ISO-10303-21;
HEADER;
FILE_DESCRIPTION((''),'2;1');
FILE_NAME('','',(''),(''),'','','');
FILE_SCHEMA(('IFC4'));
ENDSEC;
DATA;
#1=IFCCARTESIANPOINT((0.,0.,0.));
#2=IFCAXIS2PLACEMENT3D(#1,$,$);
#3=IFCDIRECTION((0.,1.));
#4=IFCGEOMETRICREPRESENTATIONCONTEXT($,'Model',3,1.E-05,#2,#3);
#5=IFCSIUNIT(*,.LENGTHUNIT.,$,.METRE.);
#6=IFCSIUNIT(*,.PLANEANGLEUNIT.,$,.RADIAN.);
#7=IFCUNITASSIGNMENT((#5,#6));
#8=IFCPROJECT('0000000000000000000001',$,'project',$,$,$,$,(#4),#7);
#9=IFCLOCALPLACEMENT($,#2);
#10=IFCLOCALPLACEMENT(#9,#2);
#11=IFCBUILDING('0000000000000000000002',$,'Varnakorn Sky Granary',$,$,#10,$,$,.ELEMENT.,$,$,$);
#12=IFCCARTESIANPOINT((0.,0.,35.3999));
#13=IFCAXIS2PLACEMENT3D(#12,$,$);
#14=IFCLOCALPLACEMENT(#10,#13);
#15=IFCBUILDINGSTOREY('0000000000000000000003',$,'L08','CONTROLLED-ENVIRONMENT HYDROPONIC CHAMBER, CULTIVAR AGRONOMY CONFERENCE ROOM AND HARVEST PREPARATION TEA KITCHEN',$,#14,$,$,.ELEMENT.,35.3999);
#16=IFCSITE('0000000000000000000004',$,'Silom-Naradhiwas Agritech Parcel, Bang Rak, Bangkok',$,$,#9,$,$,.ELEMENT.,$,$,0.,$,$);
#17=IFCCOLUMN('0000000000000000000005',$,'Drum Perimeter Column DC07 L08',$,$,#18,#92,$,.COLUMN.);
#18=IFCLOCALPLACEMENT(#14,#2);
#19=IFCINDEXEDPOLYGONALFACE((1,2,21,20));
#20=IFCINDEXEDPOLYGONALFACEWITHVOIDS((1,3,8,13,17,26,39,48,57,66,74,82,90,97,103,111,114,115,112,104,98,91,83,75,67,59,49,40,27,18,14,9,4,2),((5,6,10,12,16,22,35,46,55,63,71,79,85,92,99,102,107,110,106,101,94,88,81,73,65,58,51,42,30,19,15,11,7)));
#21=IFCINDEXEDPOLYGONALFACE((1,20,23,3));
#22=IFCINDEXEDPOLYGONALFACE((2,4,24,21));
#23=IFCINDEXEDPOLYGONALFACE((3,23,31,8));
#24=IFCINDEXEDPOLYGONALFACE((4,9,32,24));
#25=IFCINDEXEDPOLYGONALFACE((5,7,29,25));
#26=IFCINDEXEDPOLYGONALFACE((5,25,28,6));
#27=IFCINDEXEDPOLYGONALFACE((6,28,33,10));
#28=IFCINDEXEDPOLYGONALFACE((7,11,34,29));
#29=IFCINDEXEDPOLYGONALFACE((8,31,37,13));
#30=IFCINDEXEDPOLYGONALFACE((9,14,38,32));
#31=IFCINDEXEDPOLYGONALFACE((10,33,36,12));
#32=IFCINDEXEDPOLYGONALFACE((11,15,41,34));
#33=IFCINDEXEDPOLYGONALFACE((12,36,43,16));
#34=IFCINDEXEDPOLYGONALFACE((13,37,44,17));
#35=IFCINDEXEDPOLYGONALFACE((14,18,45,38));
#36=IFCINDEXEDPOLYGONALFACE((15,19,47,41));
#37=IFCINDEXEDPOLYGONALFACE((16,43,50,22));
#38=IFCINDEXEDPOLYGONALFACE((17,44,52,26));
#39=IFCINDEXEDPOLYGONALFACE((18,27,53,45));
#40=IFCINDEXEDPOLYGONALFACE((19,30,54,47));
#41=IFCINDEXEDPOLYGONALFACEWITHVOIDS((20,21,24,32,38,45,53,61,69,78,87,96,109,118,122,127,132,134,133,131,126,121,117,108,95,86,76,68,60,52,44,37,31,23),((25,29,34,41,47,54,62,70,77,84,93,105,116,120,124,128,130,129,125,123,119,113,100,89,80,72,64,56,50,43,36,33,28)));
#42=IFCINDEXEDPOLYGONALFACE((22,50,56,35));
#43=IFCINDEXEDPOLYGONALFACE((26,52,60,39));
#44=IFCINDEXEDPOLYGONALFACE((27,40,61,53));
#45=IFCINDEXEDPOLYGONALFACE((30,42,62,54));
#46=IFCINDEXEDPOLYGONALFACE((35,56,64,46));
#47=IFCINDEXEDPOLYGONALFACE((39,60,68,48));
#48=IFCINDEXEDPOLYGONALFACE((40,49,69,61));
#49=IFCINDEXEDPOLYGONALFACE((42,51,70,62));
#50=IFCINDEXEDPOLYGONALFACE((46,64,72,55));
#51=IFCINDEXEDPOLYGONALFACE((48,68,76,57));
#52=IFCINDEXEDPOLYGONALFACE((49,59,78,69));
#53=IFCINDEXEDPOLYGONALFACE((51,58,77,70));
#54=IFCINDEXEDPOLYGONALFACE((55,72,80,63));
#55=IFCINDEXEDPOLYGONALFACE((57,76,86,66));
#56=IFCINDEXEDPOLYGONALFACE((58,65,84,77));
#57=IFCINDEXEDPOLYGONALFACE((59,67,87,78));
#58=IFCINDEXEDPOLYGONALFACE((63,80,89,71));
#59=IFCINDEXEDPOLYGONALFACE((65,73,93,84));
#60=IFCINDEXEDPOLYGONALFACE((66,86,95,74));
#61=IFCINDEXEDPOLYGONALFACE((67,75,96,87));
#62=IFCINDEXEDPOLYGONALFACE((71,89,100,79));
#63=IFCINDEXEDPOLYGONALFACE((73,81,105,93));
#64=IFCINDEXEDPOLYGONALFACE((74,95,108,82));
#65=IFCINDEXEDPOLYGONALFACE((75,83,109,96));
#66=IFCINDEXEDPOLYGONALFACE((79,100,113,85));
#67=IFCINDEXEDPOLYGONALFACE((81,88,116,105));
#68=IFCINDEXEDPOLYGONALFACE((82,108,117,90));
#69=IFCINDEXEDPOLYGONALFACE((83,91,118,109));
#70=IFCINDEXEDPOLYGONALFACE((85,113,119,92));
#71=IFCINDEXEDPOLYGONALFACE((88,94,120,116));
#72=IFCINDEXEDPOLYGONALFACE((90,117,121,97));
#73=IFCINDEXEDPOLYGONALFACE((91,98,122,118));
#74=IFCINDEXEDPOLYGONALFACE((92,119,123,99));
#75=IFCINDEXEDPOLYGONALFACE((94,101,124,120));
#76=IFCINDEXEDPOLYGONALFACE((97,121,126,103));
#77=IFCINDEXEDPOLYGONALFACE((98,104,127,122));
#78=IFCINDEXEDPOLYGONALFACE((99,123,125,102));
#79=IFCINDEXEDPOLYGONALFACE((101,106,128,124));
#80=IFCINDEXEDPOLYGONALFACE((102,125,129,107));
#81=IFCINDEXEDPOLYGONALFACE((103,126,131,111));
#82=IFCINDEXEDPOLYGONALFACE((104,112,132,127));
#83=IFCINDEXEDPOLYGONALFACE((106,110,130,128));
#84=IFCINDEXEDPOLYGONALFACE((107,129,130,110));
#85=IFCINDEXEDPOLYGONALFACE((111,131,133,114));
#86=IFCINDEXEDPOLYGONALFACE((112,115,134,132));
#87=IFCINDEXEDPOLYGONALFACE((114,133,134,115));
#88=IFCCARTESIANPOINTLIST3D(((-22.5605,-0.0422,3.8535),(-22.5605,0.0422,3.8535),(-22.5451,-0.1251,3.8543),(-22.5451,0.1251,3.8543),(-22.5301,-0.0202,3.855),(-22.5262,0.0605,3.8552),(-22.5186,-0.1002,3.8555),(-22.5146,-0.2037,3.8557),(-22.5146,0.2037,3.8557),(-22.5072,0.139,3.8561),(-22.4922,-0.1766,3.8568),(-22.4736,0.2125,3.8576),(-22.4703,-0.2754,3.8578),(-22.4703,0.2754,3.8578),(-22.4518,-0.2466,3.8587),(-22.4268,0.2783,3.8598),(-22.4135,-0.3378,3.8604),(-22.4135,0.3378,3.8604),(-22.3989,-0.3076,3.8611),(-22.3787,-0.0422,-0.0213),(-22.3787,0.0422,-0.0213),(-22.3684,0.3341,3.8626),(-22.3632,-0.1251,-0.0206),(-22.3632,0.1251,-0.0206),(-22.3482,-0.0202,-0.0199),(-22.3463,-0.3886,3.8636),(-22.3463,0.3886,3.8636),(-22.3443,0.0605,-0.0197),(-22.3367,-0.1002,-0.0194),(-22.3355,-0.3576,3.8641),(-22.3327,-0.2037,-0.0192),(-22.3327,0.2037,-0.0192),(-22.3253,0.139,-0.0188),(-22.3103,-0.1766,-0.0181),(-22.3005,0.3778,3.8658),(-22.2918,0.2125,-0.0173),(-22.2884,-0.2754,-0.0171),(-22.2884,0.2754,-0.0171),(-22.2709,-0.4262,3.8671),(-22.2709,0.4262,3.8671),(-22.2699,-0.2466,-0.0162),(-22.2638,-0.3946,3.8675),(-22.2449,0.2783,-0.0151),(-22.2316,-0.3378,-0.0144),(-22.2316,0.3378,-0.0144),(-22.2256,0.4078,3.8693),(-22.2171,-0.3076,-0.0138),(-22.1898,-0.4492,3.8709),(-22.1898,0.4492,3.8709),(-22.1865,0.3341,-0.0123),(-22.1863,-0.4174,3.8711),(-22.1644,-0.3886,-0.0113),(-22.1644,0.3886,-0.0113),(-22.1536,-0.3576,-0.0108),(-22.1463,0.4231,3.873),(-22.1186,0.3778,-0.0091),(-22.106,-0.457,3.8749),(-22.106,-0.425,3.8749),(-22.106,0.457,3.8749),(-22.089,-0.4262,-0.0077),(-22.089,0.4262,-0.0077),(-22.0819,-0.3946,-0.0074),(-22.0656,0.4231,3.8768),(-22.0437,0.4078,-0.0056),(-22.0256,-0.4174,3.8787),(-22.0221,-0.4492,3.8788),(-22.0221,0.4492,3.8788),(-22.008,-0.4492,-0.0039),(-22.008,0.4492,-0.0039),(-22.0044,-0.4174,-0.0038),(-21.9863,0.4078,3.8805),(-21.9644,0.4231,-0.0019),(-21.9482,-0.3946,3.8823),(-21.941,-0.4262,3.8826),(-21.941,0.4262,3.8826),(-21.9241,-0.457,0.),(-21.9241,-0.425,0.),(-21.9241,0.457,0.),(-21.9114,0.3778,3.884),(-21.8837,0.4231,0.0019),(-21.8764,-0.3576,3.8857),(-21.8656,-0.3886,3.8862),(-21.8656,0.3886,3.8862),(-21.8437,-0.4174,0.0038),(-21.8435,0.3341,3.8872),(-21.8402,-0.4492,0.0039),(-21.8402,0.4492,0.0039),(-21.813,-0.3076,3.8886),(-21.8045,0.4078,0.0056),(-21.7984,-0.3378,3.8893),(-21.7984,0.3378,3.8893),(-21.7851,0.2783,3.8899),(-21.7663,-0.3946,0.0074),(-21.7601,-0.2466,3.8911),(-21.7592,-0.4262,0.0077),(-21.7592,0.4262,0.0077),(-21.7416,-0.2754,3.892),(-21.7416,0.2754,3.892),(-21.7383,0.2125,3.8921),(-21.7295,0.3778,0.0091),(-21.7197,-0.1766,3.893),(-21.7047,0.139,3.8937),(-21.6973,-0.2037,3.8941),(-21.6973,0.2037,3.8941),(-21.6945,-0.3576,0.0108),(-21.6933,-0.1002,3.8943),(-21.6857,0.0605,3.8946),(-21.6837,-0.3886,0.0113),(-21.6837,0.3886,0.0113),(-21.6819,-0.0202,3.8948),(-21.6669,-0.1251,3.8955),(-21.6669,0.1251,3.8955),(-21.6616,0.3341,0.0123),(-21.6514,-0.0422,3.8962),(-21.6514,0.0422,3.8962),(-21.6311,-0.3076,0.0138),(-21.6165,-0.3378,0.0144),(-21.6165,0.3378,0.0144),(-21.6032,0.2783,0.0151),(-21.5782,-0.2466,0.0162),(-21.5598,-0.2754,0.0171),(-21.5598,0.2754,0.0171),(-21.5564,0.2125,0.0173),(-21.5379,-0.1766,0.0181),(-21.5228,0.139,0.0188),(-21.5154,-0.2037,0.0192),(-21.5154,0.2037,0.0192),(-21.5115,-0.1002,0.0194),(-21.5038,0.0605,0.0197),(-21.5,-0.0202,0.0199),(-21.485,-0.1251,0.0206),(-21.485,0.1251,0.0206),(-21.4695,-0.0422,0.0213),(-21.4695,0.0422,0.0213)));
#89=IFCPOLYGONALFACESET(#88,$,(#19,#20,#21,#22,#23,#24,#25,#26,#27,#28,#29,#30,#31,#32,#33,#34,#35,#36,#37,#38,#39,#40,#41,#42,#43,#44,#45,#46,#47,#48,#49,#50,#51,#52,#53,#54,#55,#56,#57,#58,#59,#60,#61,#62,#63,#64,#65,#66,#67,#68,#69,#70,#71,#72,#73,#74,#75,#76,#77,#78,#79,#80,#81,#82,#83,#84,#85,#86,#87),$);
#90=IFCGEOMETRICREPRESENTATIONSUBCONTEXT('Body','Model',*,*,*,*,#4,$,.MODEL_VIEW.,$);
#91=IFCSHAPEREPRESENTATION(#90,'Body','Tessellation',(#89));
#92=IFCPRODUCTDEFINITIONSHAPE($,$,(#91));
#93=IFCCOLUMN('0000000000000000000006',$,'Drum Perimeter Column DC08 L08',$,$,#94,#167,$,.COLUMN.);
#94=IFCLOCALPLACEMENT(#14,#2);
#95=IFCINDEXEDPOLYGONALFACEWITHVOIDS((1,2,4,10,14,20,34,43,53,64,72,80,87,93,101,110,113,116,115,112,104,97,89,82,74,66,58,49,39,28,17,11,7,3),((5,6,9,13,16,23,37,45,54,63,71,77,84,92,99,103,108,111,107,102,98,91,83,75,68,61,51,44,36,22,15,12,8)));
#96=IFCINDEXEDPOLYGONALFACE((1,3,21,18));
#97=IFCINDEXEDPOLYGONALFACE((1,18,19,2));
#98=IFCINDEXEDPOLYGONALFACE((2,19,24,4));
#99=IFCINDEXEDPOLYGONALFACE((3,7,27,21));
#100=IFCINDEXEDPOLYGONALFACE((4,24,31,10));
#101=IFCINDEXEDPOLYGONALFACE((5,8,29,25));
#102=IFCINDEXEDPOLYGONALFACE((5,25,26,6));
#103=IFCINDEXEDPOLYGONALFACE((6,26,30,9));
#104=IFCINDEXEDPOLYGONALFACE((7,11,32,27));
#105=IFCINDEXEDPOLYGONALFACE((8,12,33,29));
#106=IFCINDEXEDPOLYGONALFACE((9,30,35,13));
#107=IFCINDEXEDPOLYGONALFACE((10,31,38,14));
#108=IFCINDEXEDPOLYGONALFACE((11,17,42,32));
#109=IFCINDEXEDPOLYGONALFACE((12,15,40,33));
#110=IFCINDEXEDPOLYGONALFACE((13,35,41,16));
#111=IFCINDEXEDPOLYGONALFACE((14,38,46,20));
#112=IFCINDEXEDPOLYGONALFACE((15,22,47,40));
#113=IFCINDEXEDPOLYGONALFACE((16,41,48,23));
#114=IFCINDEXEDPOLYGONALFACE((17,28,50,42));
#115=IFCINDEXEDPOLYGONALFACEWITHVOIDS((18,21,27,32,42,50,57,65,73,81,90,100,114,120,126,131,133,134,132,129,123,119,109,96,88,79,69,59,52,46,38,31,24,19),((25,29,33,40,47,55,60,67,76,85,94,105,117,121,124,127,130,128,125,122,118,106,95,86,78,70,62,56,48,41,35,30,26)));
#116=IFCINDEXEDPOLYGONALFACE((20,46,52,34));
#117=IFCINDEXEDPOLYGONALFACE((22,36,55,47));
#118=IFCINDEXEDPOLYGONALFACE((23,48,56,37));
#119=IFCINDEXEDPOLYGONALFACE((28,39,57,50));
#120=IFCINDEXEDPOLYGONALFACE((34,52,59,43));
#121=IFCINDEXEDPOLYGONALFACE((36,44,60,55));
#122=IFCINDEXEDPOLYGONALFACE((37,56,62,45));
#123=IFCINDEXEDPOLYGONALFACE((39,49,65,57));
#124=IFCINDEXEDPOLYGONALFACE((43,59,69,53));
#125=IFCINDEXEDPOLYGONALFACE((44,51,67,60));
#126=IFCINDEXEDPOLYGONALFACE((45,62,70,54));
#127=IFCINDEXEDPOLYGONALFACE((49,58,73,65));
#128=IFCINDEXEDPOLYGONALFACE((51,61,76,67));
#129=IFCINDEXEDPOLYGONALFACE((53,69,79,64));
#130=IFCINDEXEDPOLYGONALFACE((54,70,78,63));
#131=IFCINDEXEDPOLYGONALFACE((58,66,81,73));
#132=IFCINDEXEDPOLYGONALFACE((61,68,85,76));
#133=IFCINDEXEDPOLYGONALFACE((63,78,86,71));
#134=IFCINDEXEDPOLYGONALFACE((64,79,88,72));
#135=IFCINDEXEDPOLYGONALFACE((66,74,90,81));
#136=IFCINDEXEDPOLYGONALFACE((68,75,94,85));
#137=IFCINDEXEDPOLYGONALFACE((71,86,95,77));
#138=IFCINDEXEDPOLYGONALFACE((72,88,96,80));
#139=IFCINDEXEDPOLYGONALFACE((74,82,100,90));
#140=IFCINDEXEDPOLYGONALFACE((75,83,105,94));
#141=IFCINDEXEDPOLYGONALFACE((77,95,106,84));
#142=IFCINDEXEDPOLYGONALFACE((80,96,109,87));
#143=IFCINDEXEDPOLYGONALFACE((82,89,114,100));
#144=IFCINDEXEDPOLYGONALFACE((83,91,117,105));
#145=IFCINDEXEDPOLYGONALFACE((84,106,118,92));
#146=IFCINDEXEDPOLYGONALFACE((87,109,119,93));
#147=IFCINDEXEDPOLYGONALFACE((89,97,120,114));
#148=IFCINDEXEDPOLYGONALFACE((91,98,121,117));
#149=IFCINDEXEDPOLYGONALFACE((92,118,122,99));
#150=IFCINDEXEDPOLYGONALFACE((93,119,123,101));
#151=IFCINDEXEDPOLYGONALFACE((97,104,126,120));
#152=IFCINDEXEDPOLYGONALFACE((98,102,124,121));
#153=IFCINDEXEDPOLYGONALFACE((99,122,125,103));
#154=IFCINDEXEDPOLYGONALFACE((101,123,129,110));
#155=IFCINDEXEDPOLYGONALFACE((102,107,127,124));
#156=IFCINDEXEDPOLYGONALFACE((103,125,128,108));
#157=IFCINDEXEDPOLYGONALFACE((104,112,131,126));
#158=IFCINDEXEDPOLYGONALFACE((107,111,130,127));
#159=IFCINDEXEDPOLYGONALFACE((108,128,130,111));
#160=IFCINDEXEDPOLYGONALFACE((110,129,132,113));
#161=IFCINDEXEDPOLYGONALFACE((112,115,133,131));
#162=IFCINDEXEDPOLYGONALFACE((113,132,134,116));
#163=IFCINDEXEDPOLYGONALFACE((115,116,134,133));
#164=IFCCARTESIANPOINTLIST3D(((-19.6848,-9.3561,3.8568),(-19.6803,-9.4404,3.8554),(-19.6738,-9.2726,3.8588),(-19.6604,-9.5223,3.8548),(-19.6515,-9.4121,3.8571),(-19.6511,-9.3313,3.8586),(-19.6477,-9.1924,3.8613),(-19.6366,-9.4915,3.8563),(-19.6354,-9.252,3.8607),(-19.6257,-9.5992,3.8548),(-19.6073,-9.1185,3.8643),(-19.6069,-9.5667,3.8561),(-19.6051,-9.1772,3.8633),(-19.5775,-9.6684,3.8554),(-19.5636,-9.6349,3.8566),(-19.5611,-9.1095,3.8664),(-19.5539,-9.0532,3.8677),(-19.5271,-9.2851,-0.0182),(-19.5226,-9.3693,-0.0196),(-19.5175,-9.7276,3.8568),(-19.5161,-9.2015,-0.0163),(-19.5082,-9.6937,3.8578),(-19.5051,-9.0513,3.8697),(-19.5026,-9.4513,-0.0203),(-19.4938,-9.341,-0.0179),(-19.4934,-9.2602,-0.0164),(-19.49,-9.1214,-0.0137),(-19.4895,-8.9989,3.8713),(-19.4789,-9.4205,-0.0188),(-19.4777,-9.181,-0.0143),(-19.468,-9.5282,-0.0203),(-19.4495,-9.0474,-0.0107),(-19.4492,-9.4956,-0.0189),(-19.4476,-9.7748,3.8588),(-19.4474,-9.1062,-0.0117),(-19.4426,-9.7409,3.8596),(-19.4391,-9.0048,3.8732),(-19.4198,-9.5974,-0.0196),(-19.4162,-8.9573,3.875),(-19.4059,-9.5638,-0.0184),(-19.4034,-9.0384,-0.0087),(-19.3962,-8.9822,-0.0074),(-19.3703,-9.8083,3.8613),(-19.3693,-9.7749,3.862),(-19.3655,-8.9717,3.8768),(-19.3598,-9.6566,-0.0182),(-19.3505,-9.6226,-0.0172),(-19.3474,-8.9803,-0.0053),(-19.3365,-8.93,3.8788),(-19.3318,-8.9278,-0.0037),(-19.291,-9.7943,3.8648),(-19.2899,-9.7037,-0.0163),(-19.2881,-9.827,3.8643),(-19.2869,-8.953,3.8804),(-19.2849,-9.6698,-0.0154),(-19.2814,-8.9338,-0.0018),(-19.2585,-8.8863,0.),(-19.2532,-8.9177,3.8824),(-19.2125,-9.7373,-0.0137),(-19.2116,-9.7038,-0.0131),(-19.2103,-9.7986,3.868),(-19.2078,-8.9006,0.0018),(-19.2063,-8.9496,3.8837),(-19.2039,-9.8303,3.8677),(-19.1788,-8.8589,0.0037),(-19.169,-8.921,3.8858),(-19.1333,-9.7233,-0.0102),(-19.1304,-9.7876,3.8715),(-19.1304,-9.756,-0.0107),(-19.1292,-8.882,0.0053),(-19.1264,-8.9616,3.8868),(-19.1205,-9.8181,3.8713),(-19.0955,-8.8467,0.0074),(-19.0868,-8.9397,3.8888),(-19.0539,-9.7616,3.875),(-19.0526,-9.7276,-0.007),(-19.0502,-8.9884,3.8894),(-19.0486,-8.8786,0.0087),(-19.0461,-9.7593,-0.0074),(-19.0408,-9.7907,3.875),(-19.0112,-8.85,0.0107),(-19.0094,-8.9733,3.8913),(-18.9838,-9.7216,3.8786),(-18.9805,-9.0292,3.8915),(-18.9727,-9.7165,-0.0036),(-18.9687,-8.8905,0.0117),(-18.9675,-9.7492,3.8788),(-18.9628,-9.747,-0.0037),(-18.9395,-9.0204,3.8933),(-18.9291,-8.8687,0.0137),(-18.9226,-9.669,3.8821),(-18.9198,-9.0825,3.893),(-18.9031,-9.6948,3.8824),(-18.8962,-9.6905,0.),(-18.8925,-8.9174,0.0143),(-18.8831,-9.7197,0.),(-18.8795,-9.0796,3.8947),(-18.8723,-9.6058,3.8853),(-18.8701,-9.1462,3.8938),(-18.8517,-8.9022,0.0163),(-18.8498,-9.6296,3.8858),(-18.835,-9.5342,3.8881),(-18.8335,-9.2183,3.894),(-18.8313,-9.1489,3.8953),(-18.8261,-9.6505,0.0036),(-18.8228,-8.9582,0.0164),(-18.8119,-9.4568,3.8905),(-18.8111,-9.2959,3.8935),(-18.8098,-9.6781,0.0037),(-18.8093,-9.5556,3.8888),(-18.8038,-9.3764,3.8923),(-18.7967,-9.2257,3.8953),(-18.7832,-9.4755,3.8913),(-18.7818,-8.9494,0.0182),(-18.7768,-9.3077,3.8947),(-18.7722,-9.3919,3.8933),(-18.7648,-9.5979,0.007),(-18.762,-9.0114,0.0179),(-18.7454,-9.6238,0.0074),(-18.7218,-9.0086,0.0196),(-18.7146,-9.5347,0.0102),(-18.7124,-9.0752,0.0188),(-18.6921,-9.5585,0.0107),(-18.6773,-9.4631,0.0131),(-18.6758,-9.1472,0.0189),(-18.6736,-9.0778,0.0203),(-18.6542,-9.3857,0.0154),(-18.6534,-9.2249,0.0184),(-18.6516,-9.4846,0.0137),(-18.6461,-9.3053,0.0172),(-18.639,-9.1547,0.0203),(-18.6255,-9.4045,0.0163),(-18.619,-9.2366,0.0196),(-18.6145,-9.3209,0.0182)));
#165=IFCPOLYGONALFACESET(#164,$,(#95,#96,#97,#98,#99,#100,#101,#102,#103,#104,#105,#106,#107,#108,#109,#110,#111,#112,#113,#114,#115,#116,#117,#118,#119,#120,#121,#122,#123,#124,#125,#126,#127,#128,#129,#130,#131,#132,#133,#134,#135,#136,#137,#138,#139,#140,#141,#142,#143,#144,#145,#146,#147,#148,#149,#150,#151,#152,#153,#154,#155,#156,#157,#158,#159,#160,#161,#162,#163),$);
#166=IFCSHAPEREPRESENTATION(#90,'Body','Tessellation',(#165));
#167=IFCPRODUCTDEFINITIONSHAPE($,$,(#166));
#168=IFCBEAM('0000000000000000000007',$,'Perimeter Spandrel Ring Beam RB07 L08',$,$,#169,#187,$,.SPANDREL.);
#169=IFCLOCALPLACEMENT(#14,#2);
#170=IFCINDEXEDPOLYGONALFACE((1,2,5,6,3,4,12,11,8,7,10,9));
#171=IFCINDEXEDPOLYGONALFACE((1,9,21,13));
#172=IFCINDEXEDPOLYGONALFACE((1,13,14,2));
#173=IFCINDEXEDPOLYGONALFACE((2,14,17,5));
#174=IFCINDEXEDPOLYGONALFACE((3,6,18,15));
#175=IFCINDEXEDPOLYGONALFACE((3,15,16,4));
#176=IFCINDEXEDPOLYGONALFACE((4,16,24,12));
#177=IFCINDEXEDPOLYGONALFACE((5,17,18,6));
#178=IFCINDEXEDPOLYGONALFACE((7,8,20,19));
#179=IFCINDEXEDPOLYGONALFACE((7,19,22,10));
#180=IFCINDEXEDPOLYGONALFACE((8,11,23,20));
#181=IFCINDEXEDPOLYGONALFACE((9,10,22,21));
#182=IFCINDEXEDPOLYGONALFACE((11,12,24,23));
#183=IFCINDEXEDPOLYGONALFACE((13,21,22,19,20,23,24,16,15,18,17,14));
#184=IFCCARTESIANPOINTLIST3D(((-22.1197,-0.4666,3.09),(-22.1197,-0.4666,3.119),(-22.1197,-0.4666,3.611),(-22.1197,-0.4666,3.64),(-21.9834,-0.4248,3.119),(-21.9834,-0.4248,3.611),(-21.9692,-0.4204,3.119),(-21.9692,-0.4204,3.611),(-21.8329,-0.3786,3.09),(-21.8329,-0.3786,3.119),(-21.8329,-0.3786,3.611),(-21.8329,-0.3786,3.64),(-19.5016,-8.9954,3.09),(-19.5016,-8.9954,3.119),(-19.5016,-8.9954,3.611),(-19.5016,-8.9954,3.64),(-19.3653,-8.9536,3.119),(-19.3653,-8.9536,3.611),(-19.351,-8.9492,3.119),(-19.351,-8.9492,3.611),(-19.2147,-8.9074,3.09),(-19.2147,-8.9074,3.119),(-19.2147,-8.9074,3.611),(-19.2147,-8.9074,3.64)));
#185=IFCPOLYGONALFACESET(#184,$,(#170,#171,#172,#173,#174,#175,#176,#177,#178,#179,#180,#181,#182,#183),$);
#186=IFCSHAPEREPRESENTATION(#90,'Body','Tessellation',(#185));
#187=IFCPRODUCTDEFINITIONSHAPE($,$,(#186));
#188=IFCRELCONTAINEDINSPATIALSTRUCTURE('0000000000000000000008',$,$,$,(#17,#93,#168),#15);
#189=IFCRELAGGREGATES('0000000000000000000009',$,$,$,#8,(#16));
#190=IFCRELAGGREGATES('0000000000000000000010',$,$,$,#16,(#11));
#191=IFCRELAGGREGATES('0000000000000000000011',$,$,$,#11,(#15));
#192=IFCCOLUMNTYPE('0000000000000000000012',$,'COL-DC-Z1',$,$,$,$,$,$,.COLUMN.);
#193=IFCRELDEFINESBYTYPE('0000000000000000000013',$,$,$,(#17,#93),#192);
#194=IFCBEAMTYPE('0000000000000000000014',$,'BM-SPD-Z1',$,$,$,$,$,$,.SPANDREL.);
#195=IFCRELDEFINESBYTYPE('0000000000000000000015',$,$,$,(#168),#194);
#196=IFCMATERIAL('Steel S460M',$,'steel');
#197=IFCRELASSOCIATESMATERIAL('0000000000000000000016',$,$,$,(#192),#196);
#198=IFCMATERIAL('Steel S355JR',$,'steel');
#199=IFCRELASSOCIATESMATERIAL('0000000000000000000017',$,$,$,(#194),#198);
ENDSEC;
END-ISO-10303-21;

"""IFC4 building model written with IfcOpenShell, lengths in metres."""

from ifc_helpers import new_model, si_unit, direction, frame, origin, origin_2d, place, context, subcontext, project, spatial, hollow_circle, i_section, extrude, material, material_profile, profile_set, type_object, element, save


model = new_model("IFC4")

# Units and contexts
model_context = context("Model", 3, precision=1e-05, world=origin(), true_north=direction((0.0, 1.0)))
body_context = subcontext(model_context, "Body", "Model", "MODEL_VIEW")
ifc_project = project(units=[si_unit("LENGTHUNIT", "METRE"), si_unit("PLANEANGLEUNIT", "RADIAN")], contexts=[model_context])

# Site, building, storey
site_placement = place(None, origin())
site = spatial("IfcSite", under=ifc_project, at=site_placement, Name="Silom-Naradhiwas Agritech Parcel, Bang Rak, Bangkok", CompositionType="ELEMENT", RefElevation=0.0)
building_placement = place(site_placement, origin())
building = spatial("IfcBuilding", under=site, at=building_placement, Name="Varnakorn Sky Granary", CompositionType="ELEMENT")
storey_placement = place(building_placement, frame((0.0, 0.0, 35.3999)))
storey = spatial("IfcBuildingStorey", under=building, at=storey_placement, Name="L08", Description="CONTROLLED-ENVIRONMENT HYDROPONIC CHAMBER, CULTIVAR AGRONOMY CONFERENCE ROOM AND HARVEST PREPARATION TEA KITCHEN", CompositionType="ELEMENT", Elevation=35.3999)

# Columns
ifc_material_1 = material(Name="Steel S460M", Category="steel")
ifc_material_profile_1 = material_profile(ifc_material_1, hollow_circle(Radius=0.457, WallThickness=0.032, at=origin_2d()), Name="CHS 914x32")
ifc_profile_set_1 = profile_set([ifc_material_profile_1], Name="Steel S460M")
column_type = type_object("IfcColumnType", Name="COL-DC-Z1", PredefinedType="COLUMN", material=ifc_profile_set_1)
column_1_placement = place(storey_placement, frame((-21.9241, 0.0, 0.0), z_axis=(-0.046886, 0.0, 0.9989), x_axis=(0.0, -1.0, 0.0)))
element("IfcColumn", 1, at=column_1_placement, inside=storey, type_object=column_type, Name="Drum Perimeter Column DC07 L08", PredefinedType="COLUMN", context=body_context, shape_type="SweptSolid", body=[
    extrude(hollow_circle(Radius=0.457, WallThickness=0.032, at=origin_2d()), origin(), (0.0, 0.0, 1.0), 3.8792),
])
column_2_placement = place(storey_placement, frame((-19.0708, -9.303, 0.0), z_axis=(-0.04066, -0.018316, 0.999005), x_axis=(0.410717, -0.911763, 0.0)))
element("IfcColumn", 2, at=column_2_placement, inside=storey, type_object=column_type, Name="Drum Perimeter Column DC08 L08", PredefinedType="COLUMN", context=body_context, shape_type="SweptSolid", body=[
    extrude(hollow_circle(Radius=0.457, WallThickness=0.032, at=origin_2d()), origin(), (0.0, 0.0, 1.0), 3.8789),
])

# Beam
ifc_material_2 = material(Name="Steel S355JR", Category="steel")
ifc_material_profile_2 = material_profile(ifc_material_2, i_section(OverallWidth=0.3, OverallDepth=0.55, WebThickness=0.0149, FlangeThickness=0.0291, at=origin_2d()), Name="HE 550 B")
ifc_profile_set_2 = profile_set([ifc_material_profile_2], Name="Steel S355JR")
beam_type = type_object("IfcBeamType", Name="BM-SPD-Z1", PredefinedType="SPANDREL", material=ifc_profile_set_2)
beam_1_placement = place(storey_placement, frame((-21.9763, -0.4226, 3.365), z_axis=(0.293463, -0.955971, 0.0), x_axis=(0.955971, 0.293463, 0.0)))
element("IfcBeam", 3, at=beam_1_placement, inside=storey, type_object=beam_type, Name="Perimeter Spandrel Ring Beam RB07 L08", PredefinedType="SPANDREL", context=body_context, shape_type="SweptSolid", body=[
    extrude(i_section(OverallWidth=0.3, OverallDepth=0.55, WebThickness=0.0149, FlangeThickness=0.0291, at=origin_2d()), origin(), (0.0, 0.0, 1.0), 8.9216),
])

save(model, "model.ifc")
